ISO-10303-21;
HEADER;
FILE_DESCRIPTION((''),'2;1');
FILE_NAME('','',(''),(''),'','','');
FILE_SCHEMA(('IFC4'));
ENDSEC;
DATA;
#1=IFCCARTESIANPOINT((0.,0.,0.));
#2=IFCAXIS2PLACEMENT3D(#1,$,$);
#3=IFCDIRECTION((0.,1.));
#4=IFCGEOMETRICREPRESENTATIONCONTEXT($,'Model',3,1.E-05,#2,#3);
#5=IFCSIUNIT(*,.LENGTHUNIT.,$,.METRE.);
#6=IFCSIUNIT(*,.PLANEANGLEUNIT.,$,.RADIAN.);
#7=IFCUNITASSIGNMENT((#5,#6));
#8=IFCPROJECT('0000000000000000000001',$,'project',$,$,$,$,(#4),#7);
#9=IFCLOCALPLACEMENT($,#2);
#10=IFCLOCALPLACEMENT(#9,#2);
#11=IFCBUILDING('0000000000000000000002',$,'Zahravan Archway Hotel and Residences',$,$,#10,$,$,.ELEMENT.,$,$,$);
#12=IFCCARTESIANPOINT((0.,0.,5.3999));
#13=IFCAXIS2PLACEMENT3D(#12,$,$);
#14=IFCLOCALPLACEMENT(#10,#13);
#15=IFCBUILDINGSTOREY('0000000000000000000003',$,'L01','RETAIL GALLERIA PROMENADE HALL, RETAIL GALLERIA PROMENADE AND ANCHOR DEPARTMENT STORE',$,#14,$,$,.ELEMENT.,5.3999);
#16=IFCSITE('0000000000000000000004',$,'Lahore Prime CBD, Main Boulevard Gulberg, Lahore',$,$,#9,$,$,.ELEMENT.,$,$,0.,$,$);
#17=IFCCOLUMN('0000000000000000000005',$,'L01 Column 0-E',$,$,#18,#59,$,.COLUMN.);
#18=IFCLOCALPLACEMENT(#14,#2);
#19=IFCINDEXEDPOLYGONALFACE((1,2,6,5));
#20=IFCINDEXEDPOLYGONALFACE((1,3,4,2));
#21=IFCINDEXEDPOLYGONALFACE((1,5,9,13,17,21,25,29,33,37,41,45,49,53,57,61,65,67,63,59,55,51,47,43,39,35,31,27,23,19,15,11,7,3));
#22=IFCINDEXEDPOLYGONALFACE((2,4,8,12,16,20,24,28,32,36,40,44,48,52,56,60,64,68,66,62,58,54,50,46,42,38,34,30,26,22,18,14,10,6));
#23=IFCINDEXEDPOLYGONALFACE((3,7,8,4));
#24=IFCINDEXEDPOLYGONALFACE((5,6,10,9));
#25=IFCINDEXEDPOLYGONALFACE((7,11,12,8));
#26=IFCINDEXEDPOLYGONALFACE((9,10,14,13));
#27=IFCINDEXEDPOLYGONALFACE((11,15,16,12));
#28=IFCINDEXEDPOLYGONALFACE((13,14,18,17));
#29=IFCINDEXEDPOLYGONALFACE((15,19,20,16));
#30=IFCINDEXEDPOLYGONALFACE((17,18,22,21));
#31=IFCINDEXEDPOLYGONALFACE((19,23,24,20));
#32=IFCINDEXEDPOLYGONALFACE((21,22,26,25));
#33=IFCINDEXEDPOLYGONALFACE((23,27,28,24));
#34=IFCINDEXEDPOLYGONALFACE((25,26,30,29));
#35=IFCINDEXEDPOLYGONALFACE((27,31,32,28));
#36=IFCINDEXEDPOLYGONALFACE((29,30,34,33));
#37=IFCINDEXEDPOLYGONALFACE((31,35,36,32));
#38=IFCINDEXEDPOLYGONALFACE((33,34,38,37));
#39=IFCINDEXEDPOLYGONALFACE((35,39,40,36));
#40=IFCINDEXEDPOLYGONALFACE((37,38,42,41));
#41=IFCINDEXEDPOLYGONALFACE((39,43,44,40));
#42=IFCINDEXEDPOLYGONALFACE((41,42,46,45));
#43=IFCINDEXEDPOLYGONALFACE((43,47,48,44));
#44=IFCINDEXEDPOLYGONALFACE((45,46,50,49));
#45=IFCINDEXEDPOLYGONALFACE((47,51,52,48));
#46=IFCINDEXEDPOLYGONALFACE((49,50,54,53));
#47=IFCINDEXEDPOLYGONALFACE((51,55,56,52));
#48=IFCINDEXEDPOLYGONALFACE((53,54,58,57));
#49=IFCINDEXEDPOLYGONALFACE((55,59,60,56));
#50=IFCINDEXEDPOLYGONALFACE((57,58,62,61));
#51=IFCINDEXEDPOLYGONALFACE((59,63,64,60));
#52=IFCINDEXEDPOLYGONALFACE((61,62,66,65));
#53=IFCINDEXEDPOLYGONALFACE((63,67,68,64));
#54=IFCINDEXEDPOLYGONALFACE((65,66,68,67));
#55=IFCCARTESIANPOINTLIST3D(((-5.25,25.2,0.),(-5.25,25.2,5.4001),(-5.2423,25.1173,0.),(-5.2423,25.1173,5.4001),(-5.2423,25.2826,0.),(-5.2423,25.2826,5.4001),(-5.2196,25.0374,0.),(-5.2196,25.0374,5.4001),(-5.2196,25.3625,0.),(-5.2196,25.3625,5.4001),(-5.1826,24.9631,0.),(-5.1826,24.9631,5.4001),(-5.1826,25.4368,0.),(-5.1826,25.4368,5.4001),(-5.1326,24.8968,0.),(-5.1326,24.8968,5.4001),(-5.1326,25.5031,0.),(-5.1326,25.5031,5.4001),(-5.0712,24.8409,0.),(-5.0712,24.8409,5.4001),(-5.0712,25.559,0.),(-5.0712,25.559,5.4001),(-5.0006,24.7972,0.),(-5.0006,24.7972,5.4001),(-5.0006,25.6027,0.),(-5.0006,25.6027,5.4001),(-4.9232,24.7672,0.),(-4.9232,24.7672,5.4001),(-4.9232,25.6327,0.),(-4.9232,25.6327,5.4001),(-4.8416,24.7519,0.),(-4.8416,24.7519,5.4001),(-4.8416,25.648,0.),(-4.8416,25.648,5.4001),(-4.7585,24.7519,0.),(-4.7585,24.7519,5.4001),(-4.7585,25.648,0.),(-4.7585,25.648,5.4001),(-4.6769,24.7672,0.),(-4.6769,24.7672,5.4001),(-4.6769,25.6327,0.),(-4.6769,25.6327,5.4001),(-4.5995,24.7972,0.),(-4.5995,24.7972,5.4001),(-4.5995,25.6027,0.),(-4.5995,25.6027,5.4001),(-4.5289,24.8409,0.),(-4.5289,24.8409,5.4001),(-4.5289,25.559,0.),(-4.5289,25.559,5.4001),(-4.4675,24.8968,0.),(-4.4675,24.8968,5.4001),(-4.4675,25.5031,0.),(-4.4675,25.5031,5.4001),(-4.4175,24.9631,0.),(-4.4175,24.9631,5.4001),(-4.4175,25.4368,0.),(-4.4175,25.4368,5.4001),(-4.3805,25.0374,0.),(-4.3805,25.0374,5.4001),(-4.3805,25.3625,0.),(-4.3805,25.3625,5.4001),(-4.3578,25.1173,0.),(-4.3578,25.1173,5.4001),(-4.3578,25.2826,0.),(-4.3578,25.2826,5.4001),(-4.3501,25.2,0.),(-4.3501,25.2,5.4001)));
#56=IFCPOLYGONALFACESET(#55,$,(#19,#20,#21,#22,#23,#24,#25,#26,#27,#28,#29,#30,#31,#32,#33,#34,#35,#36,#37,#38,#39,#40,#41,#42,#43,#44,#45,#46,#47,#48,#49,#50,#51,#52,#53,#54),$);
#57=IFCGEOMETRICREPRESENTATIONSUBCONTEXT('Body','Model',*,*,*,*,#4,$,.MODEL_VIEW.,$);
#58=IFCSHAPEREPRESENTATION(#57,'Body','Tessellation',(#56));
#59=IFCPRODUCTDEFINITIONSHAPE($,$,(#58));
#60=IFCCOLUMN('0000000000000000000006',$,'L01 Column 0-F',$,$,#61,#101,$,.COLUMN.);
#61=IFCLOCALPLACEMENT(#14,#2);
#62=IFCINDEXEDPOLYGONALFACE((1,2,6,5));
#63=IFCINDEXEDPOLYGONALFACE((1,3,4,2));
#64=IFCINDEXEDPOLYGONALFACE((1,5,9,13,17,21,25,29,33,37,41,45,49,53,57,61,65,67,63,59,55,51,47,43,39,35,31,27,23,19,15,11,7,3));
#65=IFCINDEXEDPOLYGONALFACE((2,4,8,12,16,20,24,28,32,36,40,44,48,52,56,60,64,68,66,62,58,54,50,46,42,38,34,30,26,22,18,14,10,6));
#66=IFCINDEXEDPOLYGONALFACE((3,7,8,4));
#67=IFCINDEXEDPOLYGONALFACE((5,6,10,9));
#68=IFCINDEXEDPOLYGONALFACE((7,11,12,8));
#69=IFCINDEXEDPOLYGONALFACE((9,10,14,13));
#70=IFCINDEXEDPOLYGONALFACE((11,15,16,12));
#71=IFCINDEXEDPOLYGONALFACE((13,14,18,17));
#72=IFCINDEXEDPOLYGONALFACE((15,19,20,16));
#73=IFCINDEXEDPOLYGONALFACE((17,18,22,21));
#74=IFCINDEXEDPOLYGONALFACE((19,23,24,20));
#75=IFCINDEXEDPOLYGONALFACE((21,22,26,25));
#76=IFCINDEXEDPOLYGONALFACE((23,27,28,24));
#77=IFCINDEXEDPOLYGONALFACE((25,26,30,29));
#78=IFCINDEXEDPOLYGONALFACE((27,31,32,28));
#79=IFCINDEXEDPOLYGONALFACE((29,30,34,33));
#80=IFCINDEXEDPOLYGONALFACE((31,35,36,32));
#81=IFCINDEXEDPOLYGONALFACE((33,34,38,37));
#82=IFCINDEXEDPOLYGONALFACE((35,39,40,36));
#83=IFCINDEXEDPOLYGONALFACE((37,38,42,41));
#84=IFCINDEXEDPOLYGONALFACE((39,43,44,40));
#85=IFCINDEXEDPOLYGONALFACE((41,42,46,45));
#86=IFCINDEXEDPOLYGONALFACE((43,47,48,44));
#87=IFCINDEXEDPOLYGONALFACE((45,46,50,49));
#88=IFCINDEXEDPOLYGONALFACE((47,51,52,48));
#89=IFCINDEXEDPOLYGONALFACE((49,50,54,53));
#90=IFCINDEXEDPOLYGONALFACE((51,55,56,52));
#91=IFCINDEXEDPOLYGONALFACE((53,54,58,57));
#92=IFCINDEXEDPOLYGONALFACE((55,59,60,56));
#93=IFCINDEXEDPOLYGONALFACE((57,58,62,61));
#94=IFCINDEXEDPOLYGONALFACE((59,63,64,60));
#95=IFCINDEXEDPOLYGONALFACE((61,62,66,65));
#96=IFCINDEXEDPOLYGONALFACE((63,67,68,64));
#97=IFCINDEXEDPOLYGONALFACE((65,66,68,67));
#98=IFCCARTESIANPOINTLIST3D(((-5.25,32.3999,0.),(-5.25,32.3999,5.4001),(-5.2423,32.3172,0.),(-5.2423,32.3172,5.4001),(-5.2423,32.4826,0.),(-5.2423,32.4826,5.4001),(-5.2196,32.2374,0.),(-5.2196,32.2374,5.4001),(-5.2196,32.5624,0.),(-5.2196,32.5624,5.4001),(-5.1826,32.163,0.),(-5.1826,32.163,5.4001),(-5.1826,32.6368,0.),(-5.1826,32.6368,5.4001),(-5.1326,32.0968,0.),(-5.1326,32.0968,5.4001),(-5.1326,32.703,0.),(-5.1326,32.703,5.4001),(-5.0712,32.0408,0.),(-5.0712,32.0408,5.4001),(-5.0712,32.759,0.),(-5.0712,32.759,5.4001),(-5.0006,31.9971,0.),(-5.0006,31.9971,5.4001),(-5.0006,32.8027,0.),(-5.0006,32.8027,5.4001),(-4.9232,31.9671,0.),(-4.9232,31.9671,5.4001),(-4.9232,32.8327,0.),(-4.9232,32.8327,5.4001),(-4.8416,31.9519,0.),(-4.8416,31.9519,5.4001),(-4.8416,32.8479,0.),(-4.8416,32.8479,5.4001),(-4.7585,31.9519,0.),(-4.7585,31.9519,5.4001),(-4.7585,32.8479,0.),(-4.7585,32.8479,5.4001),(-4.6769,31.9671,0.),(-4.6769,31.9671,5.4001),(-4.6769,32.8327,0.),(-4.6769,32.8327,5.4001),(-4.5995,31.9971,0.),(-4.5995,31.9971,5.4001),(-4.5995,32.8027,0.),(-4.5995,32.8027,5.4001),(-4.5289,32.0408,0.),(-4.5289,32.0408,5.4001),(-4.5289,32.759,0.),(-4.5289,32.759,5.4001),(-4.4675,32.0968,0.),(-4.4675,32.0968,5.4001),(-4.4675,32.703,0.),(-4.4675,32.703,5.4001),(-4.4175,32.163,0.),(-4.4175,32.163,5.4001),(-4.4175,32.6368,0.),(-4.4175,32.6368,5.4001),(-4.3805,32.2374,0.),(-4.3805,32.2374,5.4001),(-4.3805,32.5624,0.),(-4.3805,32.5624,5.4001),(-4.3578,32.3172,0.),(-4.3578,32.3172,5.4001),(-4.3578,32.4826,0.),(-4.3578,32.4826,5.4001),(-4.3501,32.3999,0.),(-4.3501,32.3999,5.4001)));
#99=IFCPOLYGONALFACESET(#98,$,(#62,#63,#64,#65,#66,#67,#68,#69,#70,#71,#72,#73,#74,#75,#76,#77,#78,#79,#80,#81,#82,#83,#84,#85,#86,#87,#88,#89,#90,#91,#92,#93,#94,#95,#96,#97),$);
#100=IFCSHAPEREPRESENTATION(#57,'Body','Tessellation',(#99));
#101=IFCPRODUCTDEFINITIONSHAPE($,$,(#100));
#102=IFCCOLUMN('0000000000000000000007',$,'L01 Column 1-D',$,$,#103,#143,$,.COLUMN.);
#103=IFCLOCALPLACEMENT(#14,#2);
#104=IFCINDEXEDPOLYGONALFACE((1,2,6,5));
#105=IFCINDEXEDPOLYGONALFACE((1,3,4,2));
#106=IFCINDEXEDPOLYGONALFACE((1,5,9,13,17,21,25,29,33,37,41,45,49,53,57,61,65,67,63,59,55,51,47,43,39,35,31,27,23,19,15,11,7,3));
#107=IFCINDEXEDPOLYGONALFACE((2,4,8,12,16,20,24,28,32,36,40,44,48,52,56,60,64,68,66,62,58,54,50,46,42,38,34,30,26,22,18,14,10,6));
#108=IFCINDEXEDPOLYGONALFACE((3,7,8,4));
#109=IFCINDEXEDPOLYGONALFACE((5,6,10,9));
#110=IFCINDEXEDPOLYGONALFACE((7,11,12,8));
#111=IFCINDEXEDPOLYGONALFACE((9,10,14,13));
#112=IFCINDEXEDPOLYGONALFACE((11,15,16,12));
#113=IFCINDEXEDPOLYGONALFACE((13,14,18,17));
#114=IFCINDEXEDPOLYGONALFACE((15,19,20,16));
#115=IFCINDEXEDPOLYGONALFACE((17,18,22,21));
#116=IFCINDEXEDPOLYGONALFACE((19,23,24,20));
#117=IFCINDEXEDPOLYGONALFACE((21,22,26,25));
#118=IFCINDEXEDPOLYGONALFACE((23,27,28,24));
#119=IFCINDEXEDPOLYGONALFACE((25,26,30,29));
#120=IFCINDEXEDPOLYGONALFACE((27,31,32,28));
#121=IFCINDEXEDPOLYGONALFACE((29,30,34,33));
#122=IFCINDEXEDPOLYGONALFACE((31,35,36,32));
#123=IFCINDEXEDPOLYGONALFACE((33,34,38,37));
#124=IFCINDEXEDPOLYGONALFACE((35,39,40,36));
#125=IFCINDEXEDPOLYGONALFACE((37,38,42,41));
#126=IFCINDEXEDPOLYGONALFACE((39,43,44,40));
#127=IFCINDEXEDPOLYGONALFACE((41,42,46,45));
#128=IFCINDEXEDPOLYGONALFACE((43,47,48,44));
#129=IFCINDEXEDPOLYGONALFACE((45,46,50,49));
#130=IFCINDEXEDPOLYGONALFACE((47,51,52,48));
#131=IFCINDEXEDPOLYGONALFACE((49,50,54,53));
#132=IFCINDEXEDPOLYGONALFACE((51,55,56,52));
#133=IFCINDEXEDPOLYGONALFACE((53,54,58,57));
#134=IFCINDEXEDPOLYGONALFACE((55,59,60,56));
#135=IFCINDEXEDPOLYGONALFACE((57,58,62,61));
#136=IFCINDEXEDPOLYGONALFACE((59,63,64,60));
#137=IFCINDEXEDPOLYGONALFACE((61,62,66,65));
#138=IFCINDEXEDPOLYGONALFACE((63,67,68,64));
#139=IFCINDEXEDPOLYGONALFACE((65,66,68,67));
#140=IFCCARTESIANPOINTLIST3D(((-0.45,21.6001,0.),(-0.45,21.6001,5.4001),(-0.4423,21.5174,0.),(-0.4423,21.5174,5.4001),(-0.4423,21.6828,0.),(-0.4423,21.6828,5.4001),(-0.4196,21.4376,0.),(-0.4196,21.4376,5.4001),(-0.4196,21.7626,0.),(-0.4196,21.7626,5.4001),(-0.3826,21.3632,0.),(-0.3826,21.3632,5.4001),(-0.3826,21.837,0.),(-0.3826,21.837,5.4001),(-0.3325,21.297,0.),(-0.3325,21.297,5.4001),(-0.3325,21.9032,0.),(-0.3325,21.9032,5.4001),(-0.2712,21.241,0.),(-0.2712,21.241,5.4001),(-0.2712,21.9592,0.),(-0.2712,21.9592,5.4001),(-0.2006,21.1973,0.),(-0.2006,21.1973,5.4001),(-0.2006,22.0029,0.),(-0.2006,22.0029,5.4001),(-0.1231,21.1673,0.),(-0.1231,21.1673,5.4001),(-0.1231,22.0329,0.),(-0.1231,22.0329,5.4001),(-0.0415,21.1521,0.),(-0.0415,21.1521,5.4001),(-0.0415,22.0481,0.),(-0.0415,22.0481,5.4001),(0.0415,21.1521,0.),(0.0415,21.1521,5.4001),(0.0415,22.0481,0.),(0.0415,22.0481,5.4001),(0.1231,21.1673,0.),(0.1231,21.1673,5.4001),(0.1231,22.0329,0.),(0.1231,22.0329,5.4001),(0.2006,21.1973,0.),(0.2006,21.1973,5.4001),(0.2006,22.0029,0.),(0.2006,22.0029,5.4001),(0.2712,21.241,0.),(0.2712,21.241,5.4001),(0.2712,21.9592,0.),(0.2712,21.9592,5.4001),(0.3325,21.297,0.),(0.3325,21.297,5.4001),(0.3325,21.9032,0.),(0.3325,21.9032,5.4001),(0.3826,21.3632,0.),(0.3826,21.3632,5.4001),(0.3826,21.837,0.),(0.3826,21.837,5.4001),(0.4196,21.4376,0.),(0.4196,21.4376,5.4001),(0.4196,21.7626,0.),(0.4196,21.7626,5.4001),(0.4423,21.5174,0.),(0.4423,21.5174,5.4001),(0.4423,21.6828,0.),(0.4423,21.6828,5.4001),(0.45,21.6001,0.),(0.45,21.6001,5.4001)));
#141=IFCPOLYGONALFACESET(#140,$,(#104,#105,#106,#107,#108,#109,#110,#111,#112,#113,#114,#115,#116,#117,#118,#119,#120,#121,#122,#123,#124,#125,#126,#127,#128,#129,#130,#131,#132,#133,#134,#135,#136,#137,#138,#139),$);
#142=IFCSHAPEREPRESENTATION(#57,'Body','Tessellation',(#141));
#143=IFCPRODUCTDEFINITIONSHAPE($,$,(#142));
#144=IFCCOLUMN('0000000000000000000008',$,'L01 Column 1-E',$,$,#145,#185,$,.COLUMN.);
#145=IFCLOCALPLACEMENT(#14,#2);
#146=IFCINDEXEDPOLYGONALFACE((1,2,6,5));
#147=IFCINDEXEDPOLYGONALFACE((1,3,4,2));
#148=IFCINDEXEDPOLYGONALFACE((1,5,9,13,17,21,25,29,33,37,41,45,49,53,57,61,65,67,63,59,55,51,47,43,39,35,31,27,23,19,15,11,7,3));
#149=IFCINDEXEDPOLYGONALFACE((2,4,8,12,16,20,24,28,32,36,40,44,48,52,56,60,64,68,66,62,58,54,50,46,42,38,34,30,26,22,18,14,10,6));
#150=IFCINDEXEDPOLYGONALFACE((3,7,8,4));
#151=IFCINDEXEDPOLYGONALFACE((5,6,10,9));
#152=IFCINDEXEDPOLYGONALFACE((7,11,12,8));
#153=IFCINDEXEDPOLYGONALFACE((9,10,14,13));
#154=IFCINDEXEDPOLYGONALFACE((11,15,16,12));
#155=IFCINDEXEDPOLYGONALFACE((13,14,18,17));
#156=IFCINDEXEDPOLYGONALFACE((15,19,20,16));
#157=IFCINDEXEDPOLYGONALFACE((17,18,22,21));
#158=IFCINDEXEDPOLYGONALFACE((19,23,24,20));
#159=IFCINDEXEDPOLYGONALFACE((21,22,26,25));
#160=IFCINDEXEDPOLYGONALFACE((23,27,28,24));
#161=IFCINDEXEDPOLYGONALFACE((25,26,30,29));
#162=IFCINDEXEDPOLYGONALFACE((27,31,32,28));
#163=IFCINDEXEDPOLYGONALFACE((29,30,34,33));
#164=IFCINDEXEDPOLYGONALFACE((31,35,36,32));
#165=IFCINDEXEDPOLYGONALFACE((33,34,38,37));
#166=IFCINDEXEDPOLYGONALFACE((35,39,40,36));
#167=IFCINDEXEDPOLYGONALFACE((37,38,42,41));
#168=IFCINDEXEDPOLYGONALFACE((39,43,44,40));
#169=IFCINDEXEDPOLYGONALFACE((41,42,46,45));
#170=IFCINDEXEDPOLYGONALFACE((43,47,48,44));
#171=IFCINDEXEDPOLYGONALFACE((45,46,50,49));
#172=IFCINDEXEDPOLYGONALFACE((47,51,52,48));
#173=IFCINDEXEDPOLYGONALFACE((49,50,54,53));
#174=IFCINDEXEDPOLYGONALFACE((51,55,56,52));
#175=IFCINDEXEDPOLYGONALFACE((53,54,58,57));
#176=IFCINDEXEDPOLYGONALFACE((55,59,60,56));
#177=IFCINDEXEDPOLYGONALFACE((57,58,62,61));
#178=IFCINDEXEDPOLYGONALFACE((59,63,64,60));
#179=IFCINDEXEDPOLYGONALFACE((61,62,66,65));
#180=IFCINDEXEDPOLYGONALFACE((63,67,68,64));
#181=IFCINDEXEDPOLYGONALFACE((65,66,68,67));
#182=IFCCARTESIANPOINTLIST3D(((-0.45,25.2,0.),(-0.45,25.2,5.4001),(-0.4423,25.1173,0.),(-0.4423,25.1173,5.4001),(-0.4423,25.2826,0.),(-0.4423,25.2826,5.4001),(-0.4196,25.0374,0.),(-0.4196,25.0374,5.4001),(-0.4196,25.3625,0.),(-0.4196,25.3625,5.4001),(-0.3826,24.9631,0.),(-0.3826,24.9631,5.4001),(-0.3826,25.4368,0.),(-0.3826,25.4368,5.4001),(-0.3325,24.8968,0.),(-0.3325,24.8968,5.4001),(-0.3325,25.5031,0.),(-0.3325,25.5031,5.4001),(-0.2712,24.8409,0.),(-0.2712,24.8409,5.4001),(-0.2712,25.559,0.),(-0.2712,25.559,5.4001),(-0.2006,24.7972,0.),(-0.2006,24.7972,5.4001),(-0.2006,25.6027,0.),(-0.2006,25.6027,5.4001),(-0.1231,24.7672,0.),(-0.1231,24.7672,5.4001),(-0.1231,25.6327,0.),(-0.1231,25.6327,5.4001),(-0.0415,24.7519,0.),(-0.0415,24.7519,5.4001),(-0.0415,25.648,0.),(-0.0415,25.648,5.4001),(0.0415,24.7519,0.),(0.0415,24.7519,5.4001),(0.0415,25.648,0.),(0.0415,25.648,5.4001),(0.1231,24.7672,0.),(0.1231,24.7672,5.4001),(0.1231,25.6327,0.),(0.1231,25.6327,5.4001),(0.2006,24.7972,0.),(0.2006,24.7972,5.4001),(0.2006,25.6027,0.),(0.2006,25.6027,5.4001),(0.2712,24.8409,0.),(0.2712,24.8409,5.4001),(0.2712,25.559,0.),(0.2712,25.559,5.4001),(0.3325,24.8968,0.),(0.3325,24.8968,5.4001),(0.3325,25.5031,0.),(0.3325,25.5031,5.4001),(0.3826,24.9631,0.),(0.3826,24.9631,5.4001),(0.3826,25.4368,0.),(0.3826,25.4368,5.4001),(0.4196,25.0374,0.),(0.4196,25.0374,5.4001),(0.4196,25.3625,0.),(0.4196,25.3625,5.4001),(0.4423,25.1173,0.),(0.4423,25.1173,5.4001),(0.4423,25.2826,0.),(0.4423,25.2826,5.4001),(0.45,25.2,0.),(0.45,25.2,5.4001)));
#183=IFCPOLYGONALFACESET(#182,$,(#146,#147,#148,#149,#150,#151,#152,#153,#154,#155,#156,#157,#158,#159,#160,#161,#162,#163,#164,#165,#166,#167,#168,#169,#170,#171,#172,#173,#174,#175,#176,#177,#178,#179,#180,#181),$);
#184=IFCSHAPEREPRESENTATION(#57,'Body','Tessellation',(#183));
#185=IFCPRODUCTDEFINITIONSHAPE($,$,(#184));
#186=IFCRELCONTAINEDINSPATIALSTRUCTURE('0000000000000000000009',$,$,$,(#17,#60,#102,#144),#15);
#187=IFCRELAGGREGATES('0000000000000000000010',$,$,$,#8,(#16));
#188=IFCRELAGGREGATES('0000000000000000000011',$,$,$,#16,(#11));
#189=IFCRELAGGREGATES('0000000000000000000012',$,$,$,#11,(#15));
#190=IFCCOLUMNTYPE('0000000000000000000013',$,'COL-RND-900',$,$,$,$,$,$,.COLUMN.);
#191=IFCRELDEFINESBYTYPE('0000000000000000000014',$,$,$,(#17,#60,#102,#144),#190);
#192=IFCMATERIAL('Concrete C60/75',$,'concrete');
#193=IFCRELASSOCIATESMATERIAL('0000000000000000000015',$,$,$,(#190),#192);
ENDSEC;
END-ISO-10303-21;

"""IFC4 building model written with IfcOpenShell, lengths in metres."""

from ifc_helpers import new_model, si_unit, direction, frame, origin, origin_2d, place, context, subcontext, project, spatial, circle, extrude, source, transform, mapped, material, material_profile, profile_set, type_object, element, save


model = new_model("IFC4")

# Units and contexts
model_context = context("Model", 3, precision=1e-05, world=origin(), true_north=direction((0.0, 1.0)))
body_context = subcontext(model_context, "Body", "Model", "MODEL_VIEW")
ifc_project = project(units=[si_unit("LENGTHUNIT", "METRE"), si_unit("PLANEANGLEUNIT", "RADIAN")], contexts=[model_context])

# Site, building, storey
site_placement = place(None, origin())
site = spatial("IfcSite", under=ifc_project, at=site_placement, Name="Lahore Prime CBD, Main Boulevard Gulberg, Lahore", CompositionType="ELEMENT", RefElevation=0.0)
building_placement = place(site_placement, origin())
building = spatial("IfcBuilding", under=site, at=building_placement, Name="Zahravan Archway Hotel and Residences", CompositionType="ELEMENT")
storey_placement = place(building_placement, frame((0.0, 0.0, 5.3999)))
storey = spatial("IfcBuildingStorey", under=building, at=storey_placement, Name="L01", Description="RETAIL GALLERIA PROMENADE HALL, RETAIL GALLERIA PROMENADE AND ANCHOR DEPARTMENT STORE", CompositionType="ELEMENT", Elevation=5.3999)

# Columns
ifc_material_1 = material(Name="Concrete C60/75", Category="concrete")
ifc_material_profile_1 = material_profile(ifc_material_1, circle(Radius=0.45, at=origin_2d()), Name="RC-CIRC-900", Category="concrete")
ifc_profile_set_1 = profile_set([ifc_material_profile_1], Name="Concrete C60/75")
column_type = type_object("IfcColumnType", Name="COL-RND-900", PredefinedType="COLUMN", material=ifc_profile_set_1)
shared_shape_1 = source(origin(), body_context, "Body", "SweptSolid", [
    extrude(circle(Radius=0.45, at=origin_2d()), origin(), (0.0, 0.0, 1.0), 5.4001),
])
for number, where, z_axis, x_axis, name in (
    (1, (-4.8, 25.2, 0.0), (0.0, 0.0, 1.0), (1.0, 0.0, 0.0), "L01 Column 0-E"),
    (2, (-4.8, 32.3999, 0.0), (0.0, 0.0, 1.0), (1.0, 0.0, 0.0), "L01 Column 0-F"),
    (3, (0.0, 21.6001, 0.0), (0.0, 0.0, 1.0), (1.0, 0.0, 0.0), "L01 Column 1-D"),
    (4, (0.0, 25.2, 0.0), (0.0, 0.0, 1.0), (1.0, 0.0, 0.0), "L01 Column 1-E"),
):
    element("IfcColumn", number, at=place(storey_placement, frame(where, z_axis=z_axis, x_axis=x_axis)), inside=storey, type_object=column_type, Name=name, PredefinedType="COLUMN", context=body_context, shape_type="MappedRepresentation", body=[
        mapped(shared_shape_1, transform((0.0, 0.0, 0.0), scale=1.0)),
    ])

save(model, "model.ifc")
